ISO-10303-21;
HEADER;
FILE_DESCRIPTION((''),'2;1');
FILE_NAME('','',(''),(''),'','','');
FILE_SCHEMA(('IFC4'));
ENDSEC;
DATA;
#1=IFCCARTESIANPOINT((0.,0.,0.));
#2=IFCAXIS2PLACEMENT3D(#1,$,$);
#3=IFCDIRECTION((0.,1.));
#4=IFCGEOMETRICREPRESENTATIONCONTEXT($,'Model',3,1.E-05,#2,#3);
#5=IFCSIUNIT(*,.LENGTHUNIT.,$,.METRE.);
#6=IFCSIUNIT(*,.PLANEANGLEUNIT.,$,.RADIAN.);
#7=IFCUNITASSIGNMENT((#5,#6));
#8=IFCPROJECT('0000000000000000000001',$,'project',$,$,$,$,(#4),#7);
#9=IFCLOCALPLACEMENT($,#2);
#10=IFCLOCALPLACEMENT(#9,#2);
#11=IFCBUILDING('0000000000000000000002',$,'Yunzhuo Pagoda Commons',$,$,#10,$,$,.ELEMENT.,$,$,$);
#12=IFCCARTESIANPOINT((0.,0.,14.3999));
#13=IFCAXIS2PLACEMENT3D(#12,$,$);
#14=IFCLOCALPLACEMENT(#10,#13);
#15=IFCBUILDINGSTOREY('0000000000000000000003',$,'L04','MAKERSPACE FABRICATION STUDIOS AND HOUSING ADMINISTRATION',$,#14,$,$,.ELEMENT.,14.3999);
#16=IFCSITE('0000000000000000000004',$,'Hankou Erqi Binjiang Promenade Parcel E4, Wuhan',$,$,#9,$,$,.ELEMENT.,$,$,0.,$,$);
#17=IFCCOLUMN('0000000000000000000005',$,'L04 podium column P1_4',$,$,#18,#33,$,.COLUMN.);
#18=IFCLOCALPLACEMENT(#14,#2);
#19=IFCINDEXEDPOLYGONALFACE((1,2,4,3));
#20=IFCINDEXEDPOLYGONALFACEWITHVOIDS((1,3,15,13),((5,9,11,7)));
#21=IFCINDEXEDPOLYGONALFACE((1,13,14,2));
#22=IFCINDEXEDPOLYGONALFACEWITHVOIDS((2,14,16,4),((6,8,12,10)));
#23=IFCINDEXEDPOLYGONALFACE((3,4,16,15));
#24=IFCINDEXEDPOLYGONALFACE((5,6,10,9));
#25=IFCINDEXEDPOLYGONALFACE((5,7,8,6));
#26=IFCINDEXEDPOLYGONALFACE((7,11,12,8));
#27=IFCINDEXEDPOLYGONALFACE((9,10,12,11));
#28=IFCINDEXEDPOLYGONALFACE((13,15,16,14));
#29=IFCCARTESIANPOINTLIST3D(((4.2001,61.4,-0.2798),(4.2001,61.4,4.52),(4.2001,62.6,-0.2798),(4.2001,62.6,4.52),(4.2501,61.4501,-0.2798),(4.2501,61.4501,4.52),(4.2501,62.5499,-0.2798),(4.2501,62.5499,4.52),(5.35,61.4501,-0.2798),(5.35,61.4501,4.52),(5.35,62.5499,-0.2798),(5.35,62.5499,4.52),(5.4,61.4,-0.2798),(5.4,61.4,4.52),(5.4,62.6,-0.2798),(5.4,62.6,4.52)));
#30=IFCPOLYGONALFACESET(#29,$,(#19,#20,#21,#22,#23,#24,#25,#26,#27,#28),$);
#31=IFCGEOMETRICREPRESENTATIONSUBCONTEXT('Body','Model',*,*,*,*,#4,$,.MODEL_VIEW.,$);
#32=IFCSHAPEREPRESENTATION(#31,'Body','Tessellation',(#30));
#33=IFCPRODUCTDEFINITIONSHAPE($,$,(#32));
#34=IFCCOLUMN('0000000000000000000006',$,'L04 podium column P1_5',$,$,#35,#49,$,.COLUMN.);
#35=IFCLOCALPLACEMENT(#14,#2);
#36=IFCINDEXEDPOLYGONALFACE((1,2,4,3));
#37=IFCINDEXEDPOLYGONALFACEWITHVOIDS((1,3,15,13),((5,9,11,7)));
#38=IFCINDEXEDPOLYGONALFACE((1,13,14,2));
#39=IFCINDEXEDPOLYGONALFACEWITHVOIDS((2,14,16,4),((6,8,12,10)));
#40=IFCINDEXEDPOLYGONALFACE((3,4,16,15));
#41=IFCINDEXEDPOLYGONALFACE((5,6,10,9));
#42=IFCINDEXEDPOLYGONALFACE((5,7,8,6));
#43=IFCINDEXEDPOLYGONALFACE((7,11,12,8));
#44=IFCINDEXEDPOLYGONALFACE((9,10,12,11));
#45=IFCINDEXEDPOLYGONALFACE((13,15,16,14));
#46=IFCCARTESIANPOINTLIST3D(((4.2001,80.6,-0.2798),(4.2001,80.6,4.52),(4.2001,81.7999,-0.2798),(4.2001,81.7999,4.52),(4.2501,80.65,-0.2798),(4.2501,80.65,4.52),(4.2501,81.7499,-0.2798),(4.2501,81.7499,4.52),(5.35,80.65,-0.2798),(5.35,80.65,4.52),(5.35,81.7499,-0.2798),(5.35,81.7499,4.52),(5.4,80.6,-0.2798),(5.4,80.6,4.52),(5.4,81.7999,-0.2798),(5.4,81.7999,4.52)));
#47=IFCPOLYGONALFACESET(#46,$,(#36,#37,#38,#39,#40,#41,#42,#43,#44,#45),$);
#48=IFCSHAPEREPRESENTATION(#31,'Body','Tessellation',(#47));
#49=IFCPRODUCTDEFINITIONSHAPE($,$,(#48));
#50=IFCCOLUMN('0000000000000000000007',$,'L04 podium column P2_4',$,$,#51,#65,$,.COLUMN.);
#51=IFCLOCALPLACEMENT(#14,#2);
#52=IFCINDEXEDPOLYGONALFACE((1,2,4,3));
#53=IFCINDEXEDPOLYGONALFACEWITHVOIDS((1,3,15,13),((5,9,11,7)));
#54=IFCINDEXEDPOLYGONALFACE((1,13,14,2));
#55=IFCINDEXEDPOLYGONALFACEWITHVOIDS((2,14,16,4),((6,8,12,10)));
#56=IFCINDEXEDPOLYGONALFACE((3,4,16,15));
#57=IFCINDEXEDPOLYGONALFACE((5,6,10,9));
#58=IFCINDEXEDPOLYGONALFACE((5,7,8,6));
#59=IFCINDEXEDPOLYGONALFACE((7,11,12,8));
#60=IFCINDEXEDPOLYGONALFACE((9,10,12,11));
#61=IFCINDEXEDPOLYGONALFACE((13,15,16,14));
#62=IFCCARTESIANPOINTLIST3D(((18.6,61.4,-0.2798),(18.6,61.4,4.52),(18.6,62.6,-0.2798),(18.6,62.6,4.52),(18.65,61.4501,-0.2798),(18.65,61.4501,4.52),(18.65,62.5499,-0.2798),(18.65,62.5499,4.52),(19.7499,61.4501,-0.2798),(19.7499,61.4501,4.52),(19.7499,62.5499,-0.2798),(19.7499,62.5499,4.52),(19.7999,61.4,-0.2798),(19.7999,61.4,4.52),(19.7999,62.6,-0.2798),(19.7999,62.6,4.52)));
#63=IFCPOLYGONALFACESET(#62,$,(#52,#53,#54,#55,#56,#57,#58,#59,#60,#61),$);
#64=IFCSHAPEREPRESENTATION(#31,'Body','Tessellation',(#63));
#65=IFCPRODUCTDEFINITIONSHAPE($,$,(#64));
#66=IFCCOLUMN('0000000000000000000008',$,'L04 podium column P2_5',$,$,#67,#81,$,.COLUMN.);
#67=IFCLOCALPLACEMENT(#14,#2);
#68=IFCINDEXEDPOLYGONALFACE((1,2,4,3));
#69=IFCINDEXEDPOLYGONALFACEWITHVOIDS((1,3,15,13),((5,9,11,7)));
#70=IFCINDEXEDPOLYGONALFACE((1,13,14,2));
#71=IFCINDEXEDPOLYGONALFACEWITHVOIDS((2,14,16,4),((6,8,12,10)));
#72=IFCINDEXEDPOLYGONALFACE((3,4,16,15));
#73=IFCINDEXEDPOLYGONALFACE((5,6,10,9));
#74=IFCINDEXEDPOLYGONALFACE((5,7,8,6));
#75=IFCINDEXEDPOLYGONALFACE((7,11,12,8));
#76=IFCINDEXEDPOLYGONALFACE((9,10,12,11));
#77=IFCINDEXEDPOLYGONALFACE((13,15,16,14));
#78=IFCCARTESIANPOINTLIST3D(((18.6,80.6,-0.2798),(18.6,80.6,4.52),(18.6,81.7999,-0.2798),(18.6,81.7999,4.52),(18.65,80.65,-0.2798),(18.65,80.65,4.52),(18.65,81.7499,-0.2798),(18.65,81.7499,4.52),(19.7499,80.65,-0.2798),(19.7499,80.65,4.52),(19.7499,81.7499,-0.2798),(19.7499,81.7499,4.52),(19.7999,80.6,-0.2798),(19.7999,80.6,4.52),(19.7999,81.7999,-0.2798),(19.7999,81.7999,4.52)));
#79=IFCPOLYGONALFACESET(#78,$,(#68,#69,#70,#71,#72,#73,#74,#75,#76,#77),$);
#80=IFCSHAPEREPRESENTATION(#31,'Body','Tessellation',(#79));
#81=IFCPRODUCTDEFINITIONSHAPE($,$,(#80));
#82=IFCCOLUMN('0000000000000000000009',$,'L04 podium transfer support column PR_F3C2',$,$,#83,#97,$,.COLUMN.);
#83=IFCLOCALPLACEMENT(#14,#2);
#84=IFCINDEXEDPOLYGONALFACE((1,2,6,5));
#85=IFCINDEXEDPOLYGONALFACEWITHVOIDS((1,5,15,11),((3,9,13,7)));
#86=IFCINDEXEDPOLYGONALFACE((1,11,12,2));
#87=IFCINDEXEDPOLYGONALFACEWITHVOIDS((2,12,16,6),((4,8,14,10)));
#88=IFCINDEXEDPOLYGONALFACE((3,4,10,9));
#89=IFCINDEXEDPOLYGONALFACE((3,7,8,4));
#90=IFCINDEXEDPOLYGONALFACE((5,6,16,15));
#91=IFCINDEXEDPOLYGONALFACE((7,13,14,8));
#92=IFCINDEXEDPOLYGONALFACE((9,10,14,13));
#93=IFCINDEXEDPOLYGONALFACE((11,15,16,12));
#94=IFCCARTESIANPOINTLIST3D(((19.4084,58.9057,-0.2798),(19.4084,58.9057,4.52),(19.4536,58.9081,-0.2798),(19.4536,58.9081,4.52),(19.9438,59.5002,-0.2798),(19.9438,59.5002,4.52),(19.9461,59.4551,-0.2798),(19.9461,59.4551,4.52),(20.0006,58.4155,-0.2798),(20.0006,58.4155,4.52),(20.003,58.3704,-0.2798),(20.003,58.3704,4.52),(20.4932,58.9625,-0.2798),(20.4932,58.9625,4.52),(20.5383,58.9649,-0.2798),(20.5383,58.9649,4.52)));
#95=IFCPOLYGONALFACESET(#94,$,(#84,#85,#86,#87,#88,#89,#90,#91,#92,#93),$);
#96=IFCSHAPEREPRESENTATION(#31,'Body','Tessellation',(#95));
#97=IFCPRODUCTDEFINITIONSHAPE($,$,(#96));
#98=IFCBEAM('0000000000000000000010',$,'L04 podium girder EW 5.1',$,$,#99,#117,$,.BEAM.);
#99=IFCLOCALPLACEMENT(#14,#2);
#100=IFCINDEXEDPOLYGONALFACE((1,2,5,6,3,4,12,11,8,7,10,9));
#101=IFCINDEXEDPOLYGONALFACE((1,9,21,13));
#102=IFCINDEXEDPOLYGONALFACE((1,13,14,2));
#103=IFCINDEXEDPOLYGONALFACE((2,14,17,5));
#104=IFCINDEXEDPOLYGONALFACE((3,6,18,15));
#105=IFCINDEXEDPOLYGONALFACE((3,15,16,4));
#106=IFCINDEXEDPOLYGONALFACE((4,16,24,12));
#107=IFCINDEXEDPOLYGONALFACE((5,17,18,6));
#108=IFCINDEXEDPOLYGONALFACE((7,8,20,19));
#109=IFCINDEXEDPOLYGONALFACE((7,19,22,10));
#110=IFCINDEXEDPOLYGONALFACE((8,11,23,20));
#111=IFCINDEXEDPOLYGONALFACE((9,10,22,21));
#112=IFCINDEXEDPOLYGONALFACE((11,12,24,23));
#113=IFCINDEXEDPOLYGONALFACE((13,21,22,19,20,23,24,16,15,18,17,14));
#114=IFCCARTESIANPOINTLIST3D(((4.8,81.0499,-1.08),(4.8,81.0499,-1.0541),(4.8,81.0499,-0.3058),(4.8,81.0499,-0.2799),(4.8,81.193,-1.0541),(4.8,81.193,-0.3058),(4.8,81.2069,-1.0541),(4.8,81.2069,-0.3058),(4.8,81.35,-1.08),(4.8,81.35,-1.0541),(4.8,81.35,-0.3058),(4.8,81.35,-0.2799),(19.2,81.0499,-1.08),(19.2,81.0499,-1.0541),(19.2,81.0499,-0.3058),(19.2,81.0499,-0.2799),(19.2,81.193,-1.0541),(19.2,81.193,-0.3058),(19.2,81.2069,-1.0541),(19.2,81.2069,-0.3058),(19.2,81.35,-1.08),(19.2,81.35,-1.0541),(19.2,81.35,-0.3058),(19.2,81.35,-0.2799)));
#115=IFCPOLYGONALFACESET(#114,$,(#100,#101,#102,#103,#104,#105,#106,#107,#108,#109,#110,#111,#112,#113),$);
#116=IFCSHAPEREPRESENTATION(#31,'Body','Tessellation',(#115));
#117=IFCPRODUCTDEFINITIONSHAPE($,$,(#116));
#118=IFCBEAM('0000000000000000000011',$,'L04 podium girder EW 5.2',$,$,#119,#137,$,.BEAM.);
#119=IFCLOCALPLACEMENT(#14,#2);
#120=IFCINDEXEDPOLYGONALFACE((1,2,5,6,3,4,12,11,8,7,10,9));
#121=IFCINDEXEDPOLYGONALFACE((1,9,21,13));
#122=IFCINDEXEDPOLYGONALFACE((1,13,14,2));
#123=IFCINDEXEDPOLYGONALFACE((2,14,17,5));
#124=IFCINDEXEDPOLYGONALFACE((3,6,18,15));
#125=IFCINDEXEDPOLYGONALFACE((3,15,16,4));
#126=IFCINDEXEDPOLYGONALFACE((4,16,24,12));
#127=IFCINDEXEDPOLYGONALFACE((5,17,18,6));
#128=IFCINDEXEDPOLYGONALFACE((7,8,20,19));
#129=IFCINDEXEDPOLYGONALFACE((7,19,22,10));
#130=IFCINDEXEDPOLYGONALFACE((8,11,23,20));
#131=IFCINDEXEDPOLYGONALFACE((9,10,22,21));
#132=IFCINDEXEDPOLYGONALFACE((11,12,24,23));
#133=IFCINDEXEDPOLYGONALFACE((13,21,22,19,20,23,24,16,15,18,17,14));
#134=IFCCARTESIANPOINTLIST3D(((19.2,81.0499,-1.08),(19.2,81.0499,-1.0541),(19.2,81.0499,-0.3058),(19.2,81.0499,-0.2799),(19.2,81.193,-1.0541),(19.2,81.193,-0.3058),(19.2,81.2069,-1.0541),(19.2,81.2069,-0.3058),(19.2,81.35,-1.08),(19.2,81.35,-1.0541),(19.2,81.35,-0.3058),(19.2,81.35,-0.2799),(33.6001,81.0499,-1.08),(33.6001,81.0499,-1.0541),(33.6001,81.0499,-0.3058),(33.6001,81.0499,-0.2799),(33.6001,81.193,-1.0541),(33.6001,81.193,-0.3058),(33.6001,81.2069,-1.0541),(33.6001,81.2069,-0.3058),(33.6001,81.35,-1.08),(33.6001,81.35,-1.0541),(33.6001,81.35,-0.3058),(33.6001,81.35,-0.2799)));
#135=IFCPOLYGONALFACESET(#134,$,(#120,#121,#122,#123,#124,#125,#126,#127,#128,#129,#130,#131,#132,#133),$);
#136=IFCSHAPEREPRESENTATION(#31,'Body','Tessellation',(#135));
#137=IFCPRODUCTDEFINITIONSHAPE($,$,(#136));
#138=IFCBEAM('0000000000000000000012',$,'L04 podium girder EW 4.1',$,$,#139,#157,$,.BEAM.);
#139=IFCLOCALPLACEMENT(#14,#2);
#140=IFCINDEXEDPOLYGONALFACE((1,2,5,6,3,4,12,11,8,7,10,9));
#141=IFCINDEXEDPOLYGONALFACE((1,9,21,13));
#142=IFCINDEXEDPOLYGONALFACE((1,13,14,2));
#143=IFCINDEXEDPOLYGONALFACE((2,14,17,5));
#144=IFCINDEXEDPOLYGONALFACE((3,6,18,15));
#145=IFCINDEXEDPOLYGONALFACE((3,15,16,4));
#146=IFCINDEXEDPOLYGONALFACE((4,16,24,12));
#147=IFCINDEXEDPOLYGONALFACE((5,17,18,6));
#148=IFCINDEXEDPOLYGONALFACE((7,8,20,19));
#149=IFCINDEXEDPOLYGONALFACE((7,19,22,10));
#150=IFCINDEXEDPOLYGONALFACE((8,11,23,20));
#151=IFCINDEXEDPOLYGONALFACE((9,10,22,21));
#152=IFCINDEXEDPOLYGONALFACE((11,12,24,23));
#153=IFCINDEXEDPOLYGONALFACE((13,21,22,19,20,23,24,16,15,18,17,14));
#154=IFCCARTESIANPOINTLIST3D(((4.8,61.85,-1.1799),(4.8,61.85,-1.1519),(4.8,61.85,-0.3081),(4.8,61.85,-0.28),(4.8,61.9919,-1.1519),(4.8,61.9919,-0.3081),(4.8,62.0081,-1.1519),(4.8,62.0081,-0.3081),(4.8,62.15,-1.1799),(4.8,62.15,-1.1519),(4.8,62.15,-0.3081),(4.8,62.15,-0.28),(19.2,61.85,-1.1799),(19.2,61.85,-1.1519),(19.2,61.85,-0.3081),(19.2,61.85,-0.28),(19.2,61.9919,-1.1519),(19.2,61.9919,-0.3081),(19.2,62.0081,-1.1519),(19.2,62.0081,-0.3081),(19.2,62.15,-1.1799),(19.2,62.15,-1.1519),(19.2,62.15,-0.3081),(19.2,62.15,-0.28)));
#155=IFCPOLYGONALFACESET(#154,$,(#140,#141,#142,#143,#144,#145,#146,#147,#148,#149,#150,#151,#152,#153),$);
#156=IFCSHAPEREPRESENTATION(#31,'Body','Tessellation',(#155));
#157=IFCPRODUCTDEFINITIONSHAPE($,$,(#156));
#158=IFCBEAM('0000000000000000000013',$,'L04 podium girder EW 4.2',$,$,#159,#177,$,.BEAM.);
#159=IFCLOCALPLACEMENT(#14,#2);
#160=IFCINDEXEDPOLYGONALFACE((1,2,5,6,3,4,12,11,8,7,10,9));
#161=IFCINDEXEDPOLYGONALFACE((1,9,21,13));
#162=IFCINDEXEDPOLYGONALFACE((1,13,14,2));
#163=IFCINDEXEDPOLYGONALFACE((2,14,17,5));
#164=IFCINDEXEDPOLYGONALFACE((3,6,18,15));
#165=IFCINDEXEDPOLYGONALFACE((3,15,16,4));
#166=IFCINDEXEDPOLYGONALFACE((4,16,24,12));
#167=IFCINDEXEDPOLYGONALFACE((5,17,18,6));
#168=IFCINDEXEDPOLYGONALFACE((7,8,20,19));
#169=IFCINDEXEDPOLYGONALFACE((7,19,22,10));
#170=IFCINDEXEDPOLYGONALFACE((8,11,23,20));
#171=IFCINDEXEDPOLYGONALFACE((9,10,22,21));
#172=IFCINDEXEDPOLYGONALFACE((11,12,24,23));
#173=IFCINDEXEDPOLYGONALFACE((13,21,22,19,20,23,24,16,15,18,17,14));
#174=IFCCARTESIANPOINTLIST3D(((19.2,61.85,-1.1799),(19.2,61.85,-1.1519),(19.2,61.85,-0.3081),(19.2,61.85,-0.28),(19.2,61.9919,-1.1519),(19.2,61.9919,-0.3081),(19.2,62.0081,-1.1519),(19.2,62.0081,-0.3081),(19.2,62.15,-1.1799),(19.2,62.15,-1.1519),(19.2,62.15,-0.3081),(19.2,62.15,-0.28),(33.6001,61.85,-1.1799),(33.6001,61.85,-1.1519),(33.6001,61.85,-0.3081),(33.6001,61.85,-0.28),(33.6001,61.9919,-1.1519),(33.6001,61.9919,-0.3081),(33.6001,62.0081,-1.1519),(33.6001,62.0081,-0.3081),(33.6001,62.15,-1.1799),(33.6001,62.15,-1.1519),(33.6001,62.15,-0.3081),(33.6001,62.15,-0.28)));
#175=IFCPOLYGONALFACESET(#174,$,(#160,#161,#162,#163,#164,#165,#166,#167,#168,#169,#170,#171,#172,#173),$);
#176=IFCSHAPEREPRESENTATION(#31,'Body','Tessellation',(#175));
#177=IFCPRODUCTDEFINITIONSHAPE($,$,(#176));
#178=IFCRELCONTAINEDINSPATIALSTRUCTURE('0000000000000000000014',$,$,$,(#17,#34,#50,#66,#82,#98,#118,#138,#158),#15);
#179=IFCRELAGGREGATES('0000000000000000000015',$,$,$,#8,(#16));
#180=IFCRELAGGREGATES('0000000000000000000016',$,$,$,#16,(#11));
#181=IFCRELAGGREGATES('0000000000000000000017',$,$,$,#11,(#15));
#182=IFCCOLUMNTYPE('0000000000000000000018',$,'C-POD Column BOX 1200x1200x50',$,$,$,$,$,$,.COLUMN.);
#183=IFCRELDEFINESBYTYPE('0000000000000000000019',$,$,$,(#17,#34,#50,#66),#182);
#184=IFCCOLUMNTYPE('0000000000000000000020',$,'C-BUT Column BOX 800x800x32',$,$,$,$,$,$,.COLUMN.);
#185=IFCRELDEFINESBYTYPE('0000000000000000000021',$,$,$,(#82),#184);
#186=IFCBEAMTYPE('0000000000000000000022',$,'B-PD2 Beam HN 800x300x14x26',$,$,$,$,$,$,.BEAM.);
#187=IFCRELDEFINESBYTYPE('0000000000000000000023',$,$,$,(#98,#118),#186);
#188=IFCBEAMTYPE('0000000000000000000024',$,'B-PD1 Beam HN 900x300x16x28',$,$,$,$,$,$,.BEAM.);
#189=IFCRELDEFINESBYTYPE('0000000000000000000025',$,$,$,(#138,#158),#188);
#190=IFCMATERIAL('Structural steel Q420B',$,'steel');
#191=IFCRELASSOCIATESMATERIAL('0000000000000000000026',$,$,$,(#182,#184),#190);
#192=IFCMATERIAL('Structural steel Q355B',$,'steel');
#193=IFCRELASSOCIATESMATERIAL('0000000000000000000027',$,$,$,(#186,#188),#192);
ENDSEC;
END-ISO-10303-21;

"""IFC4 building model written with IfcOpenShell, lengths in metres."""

from ifc_helpers import new_model, si_unit, direction, frame, origin, origin_2d, place, context, subcontext, project, spatial, hollow_rectangle, i_section, extrude, source, transform, mapped, material, material_profile, profile_set, type_object, element, save


model = new_model("IFC4")

# Units and contexts
model_context = context("Model", 3, precision=1e-05, world=origin(), true_north=direction((0.0, 1.0)))
body_context = subcontext(model_context, "Body", "Model", "MODEL_VIEW")
ifc_project = project(units=[si_unit("LENGTHUNIT", "METRE"), si_unit("PLANEANGLEUNIT", "RADIAN")], contexts=[model_context])

# Site, building, storey
site_placement = place(None, origin())
site = spatial("IfcSite", under=ifc_project, at=site_placement, Name="Hankou Erqi Binjiang Promenade Parcel E4, Wuhan", CompositionType="ELEMENT", RefElevation=0.0)
building_placement = place(site_placement, origin())
building = spatial("IfcBuilding", under=site, at=building_placement, Name="Yunzhuo Pagoda Commons", CompositionType="ELEMENT")
storey_placement = place(building_placement, frame((0.0, 0.0, 14.3999)))
storey = spatial("IfcBuildingStorey", under=building, at=storey_placement, Name="L04", Description="MAKERSPACE FABRICATION STUDIOS AND HOUSING ADMINISTRATION", CompositionType="ELEMENT", Elevation=14.3999)

# Columns
ifc_material_1 = material(Name="Structural steel Q420B", Category="steel")
ifc_material_profile_1 = material_profile(ifc_material_1, hollow_rectangle(XDim=1.2, YDim=1.2, WallThickness=0.05, at=origin_2d()), Name="Structural steel Q420B")
ifc_profile_set_1 = profile_set([ifc_material_profile_1], Name="Structural steel Q420B")
column_type_1 = type_object("IfcColumnType", Name="C-POD Column BOX 1200x1200x50", PredefinedType="COLUMN", material=ifc_profile_set_1)
shared_shape_1 = source(origin(), body_context, "Body", "SweptSolid", [
    extrude(hollow_rectangle(XDim=1.2, YDim=1.2, WallThickness=0.05, at=origin_2d()), origin(), (0.0, 0.0, 1.0), 4.7998),
])
for number, where, z_axis, x_axis, name in (
    (1, (4.8, 62.0, -0.2798), (0.0, 0.0, 1.0), (1.0, 0.0, 0.0), "L04 podium column P1_4"),
    (2, (4.8, 81.2, -0.2798), (0.0, 0.0, 1.0), (1.0, 0.0, 0.0), "L04 podium column P1_5"),
    (3, (19.2, 62.0, -0.2798), (0.0, 0.0, 1.0), (1.0, 0.0, 0.0), "L04 podium column P2_4"),
    (4, (19.2, 81.2, -0.2798), (0.0, 0.0, 1.0), (1.0, 0.0, 0.0), "L04 podium column P2_5"),
):
    element("IfcColumn", number, at=place(storey_placement, frame(where, z_axis=z_axis, x_axis=x_axis)), inside=storey, type_object=column_type_1, Name=name, PredefinedType="COLUMN", context=body_context, shape_type="MappedRepresentation", body=[
        mapped(shared_shape_1, transform((0.0, 0.0, 0.0), scale=1.0)),
    ])
ifc_material_profile_2 = material_profile(ifc_material_1, hollow_rectangle(XDim=0.8, YDim=0.8, WallThickness=0.032, at=origin_2d()), Name="Structural steel Q420B")
ifc_profile_set_2 = profile_set([ifc_material_profile_2], Name="Structural steel Q420B")
column_type_2 = type_object("IfcColumnType", Name="C-BUT Column BOX 800x800x32", PredefinedType="COLUMN", material=ifc_profile_set_2)
shared_shape_2 = source(origin(), body_context, "Body", "SweptSolid", [
    extrude(hollow_rectangle(XDim=0.8, YDim=0.8, WallThickness=0.032, at=origin_2d()), origin(), (0.0, 0.0, 1.0), 4.7998),
])
column_placement = place(storey_placement, frame((19.9734, 58.9353, -0.2798), z_axis=(0.0, 0.0, 1.0), x_axis=(-0.669131, -0.743145, 0.0)))
element("IfcColumn", 5, at=column_placement, inside=storey, type_object=column_type_2, Name="L04 podium transfer support column PR_F3C2", PredefinedType="COLUMN", context=body_context, shape_type="MappedRepresentation", body=[
    mapped(shared_shape_2, transform((0.0, 0.0, 0.0), scale=1.0)),
])

# Beams
ifc_material_2 = material(Name="Structural steel Q355B", Category="steel")
ifc_material_profile_3 = material_profile(ifc_material_2, i_section(OverallWidth=0.3, OverallDepth=0.8, WebThickness=0.0139, FlangeThickness=0.0259, at=origin_2d()), Name="Structural steel Q355B")
ifc_profile_set_3 = profile_set([ifc_material_profile_3], Name="Structural steel Q355B")
beam_type_1 = type_object("IfcBeamType", Name="B-PD2 Beam HN 800x300x14x26", PredefinedType="BEAM", material=ifc_profile_set_3)
shared_shape_3 = source(origin(), body_context, "Body", "SweptSolid", [
    extrude(i_section(OverallWidth=0.3, OverallDepth=0.8, WebThickness=0.0139, FlangeThickness=0.0259, at=origin_2d()), origin(), (0.0, 0.0, 1.0), 14.3999),
])
beam_1_placement = place(storey_placement, frame((4.8, 81.2, -0.6799), z_axis=(1.0, 0.0, 0.0), x_axis=(0.0, 1.0, 0.0)))
element("IfcBeam", 6, at=beam_1_placement, inside=storey, type_object=beam_type_1, Name="L04 podium girder EW 5.1", PredefinedType="BEAM", context=body_context, shape_type="MappedRepresentation", body=[
    mapped(shared_shape_3, transform((0.0, 0.0, 0.0), scale=1.0)),
])
shared_shape_4 = source(origin(), body_context, "Body", "SweptSolid", [
    extrude(i_section(OverallWidth=0.3, OverallDepth=0.8, WebThickness=0.0139, FlangeThickness=0.0259, at=origin_2d()), origin(), (0.0, 0.0, 1.0), 14.4001),
])
beam_2_placement = place(storey_placement, frame((19.2, 81.2, -0.6799), z_axis=(1.0, 0.0, 0.0), x_axis=(0.0, 1.0, 0.0)))
element("IfcBeam", 7, at=beam_2_placement, inside=storey, type_object=beam_type_1, Name="L04 podium girder EW 5.2", PredefinedType="BEAM", context=body_context, shape_type="MappedRepresentation", body=[
    mapped(shared_shape_4, transform((0.0, 0.0, 0.0), scale=1.0)),
])
ifc_material_profile_4 = material_profile(ifc_material_2, i_section(OverallWidth=0.3, OverallDepth=0.8999, WebThickness=0.0161, FlangeThickness=0.0281, at=origin_2d()), Name="Structural steel Q355B")
ifc_profile_set_4 = profile_set([ifc_material_profile_4], Name="Structural steel Q355B")
beam_type_2 = type_object("IfcBeamType", Name="B-PD1 Beam HN 900x300x16x28", PredefinedType="BEAM", material=ifc_profile_set_4)
shared_shape_5 = source(origin(), body_context, "Body", "SweptSolid", [
    extrude(i_section(OverallWidth=0.3, OverallDepth=0.8999, WebThickness=0.0161, FlangeThickness=0.0281, at=origin_2d()), origin(), (0.0, 0.0, 1.0), 14.3999),
])
beam_3_placement = place(storey_placement, frame((4.8, 62.0, -0.73), z_axis=(1.0, 0.0, 0.0), x_axis=(0.0, 1.0, 0.0)))
element("IfcBeam", 8, at=beam_3_placement, inside=storey, type_object=beam_type_2, Name="L04 podium girder EW 4.1", PredefinedType="BEAM", context=body_context, shape_type="MappedRepresentation", body=[
    mapped(shared_shape_5, transform((0.0, 0.0, 0.0), scale=1.0)),
])
shared_shape_6 = source(origin(), body_context, "Body", "SweptSolid", [
    extrude(i_section(OverallWidth=0.3, OverallDepth=0.8999, WebThickness=0.0161, FlangeThickness=0.0281, at=origin_2d()), origin(), (0.0, 0.0, 1.0), 14.4001),
])
beam_4_placement = place(storey_placement, frame((19.2, 62.0, -0.73), z_axis=(1.0, 0.0, 0.0), x_axis=(0.0, 1.0, 0.0)))
element("IfcBeam", 9, at=beam_4_placement, inside=storey, type_object=beam_type_2, Name="L04 podium girder EW 4.2", PredefinedType="BEAM", context=body_context, shape_type="MappedRepresentation", body=[
    mapped(shared_shape_6, transform((0.0, 0.0, 0.0), scale=1.0)),
])

save(model, "model.ifc")
